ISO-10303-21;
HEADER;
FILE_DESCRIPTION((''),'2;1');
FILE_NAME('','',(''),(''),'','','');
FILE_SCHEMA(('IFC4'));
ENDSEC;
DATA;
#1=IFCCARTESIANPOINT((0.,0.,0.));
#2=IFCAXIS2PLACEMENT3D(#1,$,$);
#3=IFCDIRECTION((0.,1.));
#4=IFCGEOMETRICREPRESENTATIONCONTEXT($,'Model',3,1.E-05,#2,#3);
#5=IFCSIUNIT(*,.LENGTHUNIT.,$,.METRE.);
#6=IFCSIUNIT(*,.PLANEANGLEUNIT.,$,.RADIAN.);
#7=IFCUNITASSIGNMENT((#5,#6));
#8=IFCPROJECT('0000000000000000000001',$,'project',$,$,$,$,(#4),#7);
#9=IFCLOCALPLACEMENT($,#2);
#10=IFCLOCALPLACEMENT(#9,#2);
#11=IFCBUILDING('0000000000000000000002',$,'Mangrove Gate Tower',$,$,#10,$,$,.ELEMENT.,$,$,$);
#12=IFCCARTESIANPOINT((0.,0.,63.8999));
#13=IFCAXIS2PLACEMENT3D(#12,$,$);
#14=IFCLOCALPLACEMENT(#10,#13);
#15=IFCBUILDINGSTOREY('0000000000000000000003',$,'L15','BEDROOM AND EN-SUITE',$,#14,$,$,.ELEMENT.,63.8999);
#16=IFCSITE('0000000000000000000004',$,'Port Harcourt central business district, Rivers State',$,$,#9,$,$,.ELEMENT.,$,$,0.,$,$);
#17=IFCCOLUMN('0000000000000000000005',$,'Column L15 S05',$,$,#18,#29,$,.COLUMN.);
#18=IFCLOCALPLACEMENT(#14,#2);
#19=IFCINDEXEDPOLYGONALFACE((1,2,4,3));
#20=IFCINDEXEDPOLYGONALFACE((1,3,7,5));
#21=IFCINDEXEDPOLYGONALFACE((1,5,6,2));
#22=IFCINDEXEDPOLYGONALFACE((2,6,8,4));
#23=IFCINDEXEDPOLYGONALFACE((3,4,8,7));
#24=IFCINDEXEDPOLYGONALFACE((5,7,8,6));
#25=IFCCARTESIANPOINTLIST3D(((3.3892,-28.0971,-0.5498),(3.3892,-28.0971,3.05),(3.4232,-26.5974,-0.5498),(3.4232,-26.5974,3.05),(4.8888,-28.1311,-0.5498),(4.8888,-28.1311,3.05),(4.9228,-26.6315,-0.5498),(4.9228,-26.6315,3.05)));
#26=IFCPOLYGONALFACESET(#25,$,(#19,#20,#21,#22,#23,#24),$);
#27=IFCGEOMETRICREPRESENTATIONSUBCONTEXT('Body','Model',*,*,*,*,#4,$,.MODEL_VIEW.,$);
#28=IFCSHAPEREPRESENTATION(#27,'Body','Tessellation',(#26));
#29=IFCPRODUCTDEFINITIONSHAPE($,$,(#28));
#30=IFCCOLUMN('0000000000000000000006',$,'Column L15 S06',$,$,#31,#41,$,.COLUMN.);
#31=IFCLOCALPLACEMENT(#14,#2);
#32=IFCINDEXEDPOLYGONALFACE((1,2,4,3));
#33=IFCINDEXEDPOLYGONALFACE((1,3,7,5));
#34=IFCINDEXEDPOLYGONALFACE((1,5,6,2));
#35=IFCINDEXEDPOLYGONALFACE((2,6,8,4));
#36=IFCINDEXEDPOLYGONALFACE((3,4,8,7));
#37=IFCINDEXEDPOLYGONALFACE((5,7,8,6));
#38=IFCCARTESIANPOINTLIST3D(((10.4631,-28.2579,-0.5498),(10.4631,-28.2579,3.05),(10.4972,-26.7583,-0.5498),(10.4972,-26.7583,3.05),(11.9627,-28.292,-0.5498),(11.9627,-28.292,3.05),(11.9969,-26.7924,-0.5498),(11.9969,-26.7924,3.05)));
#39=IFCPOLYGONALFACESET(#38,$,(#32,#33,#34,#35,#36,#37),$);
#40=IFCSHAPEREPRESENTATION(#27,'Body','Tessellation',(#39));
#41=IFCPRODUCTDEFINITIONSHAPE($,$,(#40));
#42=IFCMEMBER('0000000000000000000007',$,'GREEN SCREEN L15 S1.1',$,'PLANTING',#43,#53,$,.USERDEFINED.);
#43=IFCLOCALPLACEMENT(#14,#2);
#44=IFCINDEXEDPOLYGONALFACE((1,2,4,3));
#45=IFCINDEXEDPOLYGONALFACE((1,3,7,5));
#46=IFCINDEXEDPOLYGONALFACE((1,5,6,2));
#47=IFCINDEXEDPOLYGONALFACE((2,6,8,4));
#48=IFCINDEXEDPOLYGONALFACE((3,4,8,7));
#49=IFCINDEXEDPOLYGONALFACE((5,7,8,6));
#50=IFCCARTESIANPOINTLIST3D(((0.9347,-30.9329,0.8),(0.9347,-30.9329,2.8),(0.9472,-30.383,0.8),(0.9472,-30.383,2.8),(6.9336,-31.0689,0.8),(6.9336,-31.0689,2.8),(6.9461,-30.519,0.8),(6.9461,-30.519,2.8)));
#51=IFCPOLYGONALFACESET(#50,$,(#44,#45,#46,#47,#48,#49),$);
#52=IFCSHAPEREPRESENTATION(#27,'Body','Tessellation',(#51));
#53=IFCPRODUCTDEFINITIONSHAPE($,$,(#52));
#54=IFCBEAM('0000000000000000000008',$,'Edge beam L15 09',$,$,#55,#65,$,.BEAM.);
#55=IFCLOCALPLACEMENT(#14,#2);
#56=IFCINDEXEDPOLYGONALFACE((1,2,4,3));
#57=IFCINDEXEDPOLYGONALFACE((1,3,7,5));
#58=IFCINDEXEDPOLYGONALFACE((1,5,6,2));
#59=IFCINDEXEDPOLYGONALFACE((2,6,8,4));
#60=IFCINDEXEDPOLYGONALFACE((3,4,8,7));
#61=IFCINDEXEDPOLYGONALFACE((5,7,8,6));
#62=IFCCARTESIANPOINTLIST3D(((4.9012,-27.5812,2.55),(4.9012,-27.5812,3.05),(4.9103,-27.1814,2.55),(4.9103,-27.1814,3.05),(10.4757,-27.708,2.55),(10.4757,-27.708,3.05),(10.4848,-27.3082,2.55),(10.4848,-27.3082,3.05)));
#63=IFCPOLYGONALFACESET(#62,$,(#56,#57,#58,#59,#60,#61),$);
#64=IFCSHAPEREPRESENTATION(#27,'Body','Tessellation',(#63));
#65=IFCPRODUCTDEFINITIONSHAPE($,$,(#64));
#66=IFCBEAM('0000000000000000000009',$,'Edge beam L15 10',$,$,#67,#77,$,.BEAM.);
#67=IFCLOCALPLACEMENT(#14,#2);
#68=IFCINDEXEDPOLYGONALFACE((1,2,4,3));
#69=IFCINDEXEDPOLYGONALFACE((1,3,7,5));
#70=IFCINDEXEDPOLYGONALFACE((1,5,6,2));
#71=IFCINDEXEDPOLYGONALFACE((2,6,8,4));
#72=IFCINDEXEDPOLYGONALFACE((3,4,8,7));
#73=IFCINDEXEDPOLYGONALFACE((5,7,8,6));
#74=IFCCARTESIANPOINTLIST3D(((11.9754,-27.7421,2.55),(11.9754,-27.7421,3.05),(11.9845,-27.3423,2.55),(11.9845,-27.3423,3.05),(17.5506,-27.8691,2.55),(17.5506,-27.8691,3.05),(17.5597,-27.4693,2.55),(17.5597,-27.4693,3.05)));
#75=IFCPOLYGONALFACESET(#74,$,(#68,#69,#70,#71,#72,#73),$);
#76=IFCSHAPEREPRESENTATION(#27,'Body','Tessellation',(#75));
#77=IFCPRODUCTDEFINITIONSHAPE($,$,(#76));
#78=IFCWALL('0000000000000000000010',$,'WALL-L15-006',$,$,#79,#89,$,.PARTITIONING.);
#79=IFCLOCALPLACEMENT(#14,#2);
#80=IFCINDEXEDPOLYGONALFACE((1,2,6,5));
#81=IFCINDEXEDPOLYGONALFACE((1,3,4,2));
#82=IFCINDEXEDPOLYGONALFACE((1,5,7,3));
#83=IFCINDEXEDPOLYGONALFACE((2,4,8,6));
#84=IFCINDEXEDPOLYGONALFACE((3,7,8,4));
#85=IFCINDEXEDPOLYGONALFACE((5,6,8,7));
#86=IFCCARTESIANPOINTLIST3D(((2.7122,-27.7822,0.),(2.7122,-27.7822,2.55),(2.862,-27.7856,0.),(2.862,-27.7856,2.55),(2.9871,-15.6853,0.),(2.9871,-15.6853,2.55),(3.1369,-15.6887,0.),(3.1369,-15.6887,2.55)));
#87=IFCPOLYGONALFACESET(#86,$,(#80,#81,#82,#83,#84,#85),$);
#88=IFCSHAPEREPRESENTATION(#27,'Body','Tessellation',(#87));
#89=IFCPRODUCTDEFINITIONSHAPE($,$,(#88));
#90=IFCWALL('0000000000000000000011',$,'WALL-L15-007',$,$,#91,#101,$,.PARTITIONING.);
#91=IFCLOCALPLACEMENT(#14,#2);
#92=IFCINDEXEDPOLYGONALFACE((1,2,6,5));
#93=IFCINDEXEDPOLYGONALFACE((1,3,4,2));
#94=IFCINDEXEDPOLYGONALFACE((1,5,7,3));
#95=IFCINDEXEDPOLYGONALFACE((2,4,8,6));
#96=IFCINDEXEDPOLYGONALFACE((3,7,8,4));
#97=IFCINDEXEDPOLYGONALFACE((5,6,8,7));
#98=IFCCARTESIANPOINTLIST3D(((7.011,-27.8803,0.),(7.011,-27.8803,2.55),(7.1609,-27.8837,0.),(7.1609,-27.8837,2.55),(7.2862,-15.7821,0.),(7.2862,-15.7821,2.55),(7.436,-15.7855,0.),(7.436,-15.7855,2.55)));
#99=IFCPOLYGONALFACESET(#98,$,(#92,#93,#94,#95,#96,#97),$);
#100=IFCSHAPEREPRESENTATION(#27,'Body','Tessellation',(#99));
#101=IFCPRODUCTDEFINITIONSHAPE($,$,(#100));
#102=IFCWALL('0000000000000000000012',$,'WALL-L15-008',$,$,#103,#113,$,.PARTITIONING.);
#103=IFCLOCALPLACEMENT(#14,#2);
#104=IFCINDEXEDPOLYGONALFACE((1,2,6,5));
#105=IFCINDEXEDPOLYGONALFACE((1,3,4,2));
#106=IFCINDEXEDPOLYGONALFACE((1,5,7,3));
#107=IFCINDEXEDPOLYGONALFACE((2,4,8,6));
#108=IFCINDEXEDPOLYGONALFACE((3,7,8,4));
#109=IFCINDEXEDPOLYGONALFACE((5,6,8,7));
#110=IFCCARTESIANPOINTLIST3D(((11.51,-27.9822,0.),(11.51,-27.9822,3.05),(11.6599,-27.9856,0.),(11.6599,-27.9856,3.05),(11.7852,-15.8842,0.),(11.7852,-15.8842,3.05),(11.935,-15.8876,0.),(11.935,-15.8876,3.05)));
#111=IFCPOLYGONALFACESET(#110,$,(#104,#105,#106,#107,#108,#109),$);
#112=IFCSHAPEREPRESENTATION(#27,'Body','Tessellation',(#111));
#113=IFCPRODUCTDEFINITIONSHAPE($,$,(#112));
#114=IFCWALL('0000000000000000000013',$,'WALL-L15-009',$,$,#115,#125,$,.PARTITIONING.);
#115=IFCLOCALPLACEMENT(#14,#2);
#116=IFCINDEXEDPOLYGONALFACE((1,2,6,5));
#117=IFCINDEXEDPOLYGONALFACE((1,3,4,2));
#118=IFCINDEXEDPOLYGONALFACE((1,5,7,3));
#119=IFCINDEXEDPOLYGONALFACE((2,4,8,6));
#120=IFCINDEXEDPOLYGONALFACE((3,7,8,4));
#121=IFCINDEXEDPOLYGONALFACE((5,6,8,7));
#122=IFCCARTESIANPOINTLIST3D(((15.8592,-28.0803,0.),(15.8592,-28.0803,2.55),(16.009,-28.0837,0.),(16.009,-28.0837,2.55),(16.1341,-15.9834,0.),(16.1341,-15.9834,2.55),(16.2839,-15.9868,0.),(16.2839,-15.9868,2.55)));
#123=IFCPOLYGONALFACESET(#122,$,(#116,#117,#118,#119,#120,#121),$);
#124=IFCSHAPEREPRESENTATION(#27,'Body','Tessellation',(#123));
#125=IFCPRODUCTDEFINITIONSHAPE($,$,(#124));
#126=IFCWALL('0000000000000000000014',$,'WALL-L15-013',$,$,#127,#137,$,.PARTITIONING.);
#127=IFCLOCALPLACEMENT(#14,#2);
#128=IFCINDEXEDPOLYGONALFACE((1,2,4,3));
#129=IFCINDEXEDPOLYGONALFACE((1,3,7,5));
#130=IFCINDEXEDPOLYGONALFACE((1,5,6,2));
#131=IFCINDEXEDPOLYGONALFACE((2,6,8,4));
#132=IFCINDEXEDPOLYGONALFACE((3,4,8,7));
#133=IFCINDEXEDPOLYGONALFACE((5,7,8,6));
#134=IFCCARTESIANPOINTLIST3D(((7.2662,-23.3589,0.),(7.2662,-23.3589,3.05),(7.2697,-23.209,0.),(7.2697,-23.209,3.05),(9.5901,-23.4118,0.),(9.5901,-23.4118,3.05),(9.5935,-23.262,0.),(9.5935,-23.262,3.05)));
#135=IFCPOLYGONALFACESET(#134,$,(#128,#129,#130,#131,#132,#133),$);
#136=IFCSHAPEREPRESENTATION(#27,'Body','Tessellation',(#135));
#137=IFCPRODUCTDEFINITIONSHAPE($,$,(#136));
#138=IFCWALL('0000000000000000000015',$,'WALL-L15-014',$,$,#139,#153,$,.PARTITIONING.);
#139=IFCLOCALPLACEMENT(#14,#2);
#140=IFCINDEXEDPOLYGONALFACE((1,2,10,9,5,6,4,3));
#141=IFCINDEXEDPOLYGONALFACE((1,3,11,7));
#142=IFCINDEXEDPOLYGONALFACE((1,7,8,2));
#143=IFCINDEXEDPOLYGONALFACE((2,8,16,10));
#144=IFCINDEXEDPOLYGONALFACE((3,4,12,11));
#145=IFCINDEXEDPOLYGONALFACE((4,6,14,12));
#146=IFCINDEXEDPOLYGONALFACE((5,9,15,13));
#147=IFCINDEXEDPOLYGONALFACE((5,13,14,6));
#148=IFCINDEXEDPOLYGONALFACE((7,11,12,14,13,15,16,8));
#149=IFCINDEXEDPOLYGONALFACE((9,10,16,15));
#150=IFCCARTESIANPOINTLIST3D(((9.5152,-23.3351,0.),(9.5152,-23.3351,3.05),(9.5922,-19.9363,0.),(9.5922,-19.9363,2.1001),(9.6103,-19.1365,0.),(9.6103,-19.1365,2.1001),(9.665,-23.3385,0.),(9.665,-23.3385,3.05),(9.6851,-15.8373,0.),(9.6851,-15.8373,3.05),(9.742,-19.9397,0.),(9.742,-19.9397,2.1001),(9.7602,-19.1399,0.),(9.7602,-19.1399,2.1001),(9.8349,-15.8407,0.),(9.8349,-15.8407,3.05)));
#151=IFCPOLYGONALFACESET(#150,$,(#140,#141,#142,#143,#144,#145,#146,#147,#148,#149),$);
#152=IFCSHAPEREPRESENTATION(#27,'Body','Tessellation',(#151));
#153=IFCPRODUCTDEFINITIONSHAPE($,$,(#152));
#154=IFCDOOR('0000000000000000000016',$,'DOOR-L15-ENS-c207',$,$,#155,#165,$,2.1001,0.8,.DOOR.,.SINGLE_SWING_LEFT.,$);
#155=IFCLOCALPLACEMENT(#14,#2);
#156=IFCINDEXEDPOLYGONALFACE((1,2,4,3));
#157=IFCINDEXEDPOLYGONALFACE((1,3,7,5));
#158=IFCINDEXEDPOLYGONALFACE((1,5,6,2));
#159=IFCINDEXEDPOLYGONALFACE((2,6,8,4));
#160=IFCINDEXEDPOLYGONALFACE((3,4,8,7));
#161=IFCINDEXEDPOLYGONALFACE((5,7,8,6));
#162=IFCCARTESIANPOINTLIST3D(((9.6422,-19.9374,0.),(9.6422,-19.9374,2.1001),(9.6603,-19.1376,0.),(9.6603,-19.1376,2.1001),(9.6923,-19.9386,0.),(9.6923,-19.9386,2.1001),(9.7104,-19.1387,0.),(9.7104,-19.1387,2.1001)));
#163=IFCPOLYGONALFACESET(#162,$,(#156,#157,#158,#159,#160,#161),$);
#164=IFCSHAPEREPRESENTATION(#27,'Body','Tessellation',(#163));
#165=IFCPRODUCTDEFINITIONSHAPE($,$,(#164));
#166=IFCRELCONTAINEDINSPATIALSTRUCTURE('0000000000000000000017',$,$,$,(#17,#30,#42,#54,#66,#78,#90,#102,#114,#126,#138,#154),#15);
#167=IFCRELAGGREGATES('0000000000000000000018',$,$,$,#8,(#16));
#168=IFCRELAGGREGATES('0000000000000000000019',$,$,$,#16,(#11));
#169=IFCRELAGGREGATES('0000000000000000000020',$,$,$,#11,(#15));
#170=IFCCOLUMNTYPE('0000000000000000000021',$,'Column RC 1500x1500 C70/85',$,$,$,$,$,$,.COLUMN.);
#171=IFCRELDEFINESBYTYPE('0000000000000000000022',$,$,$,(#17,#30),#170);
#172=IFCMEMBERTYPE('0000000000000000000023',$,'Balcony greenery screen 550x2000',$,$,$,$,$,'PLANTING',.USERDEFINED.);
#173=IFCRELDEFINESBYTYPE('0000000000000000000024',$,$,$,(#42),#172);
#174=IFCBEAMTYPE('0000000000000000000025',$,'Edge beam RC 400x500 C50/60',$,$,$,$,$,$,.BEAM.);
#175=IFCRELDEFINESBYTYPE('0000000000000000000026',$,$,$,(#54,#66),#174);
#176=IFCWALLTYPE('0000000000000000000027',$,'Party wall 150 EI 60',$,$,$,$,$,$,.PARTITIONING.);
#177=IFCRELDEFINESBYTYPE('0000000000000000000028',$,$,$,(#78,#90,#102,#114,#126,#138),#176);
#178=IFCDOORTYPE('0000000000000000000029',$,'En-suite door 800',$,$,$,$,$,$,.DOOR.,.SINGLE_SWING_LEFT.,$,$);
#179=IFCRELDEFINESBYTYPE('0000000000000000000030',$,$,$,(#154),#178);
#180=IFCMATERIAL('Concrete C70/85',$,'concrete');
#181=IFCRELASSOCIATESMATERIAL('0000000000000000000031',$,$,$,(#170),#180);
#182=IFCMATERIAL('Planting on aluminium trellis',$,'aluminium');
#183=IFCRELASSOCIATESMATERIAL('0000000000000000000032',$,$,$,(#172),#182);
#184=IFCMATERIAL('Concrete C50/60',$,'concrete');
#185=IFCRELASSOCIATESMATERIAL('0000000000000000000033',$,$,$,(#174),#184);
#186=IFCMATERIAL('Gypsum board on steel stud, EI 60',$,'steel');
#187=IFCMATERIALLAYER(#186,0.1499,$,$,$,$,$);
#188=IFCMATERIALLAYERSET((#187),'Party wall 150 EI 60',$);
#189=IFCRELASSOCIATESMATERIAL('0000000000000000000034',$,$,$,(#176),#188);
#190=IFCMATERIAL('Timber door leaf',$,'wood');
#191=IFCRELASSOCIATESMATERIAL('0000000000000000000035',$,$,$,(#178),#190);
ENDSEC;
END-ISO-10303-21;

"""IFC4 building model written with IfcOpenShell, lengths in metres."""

from ifc_helpers import new_model, si_unit, direction, frame, frame_2d, origin, origin_2d, place, context, subcontext, project, spatial, rectangle, extrude, material, layer, layer_set, material_profile, profile_set, type_object, element, fill, save


model = new_model("IFC4")

# Units and contexts
model_context = context("Model", 3, precision=1e-05, world=origin(), true_north=direction((0.0, 1.0)))
body_context = subcontext(model_context, "Body", "Model", "MODEL_VIEW")
ifc_project = project(units=[si_unit("LENGTHUNIT", "METRE"), si_unit("PLANEANGLEUNIT", "RADIAN")], contexts=[model_context])

# Site, building, storey
site_placement = place(None, origin())
site = spatial("IfcSite", under=ifc_project, at=site_placement, Name="Port Harcourt central business district, Rivers State", CompositionType="ELEMENT", RefElevation=0.0)
building_placement = place(site_placement, origin())
building = spatial("IfcBuilding", under=site, at=building_placement, Name="Mangrove Gate Tower", CompositionType="ELEMENT")
storey_placement = place(building_placement, frame((0.0, 0.0, 63.8999)))
storey = spatial("IfcBuildingStorey", under=building, at=storey_placement, Name="L15", Description="BEDROOM AND EN-SUITE", CompositionType="ELEMENT", Elevation=63.8999)

# Columns
ifc_material_1 = material(Name="Concrete C70/85", Category="concrete")
ifc_material_profile_1 = material_profile(ifc_material_1, rectangle(XDim=1.5, YDim=1.5, at=origin_2d()))
ifc_profile_set_1 = profile_set([ifc_material_profile_1], Name="Concrete C70/85")
column_type = type_object("IfcColumnType", Name="Column RC 1500x1500 C70/85", PredefinedType="COLUMN", material=ifc_profile_set_1)
for number, where, z_axis, x_axis, name in (
    (1, (4.156, -27.3643, -0.5498), (0.0, 0.0, 1.0), (0.999743, -0.022681, 0.0), "Column L15 S05"),
    (2, (11.23, -27.5251, -0.5498), (0.0, 0.0, 1.0), (0.999741, -0.022752, 0.0), "Column L15 S06"),
):
    element("IfcColumn", number, at=place(storey_placement, frame(where, z_axis=z_axis, x_axis=x_axis)), inside=storey, type_object=column_type, Name=name, PredefinedType="COLUMN", context=body_context, shape_type="SweptSolid", body=[
        extrude(rectangle(XDim=1.5, YDim=1.5, at=origin_2d()), origin(), (0.0, 0.0, 1.0), 3.5999),
    ])

# Member
ifc_material_2 = material(Name="Planting on aluminium trellis", Category="aluminium")
ifc_material_profile_2 = material_profile(ifc_material_2, rectangle(XDim=0.55, YDim=2.0, at=origin_2d()))
ifc_profile_set_2 = profile_set([ifc_material_profile_2], Name="Planting on aluminium trellis")
member_type = type_object("IfcMemberType", Name="Balcony greenery screen 550x2000", ElementType="PLANTING", PredefinedType="USERDEFINED", material=ifc_profile_set_2)
member_placement = place(storey_placement, frame((0.9409, -30.658, 1.8), z_axis=(0.999743, -0.022662, 0.0), x_axis=(0.022662, 0.999743, 0.0)))
element("IfcMember", 3, at=member_placement, inside=storey, type_object=member_type, Name="GREEN SCREEN L15 S1.1", ObjectType="PLANTING", PredefinedType="USERDEFINED", context=body_context, shape_type="SweptSolid", body=[
    extrude(rectangle(XDim=0.55, YDim=2.0, at=origin_2d()), origin(), (0.0, 0.0, 1.0), 6.0005),
])

# Beams
ifc_material_3 = material(Name="Concrete C50/60", Category="concrete")
ifc_material_profile_3 = material_profile(ifc_material_3, rectangle(XDim=0.3999, YDim=0.5, at=origin_2d()))
ifc_profile_set_3 = profile_set([ifc_material_profile_3], Name="Concrete C50/60")
beam_type = type_object("IfcBeamType", Name="Edge beam RC 400x500 C50/60", PredefinedType="BEAM", material=ifc_profile_set_3)
beam_1_placement = place(storey_placement, frame((4.9058, -27.3813, 2.8), z_axis=(0.999742, -0.022724, 0.0), x_axis=(0.022724, 0.999742, 0.0)))
element("IfcBeam", 4, at=beam_1_placement, inside=storey, type_object=beam_type, Name="Edge beam L15 09", PredefinedType="BEAM", context=body_context, shape_type="SweptSolid", body=[
    extrude(rectangle(XDim=0.3999, YDim=0.5, at=origin_2d()), origin(), (0.0, 0.0, 1.0), 5.5759),
])
beam_2_placement = place(storey_placement, frame((11.98, -27.5422, 2.8), z_axis=(0.999741, -0.022765, 0.0), x_axis=(0.022765, 0.999741, 0.0)))
element("IfcBeam", 5, at=beam_2_placement, inside=storey, type_object=beam_type, Name="Edge beam L15 10", PredefinedType="BEAM", context=body_context, shape_type="SweptSolid", body=[
    extrude(rectangle(XDim=0.3999, YDim=0.5, at=origin_2d()), origin(), (0.0, 0.0, 1.0), 5.5767),
])

# Walls
ifc_material_4 = material(Name="Gypsum board on steel stud, EI 60", Category="steel")
ifc_layer_1 = layer(ifc_material_4, 0.1499)
ifc_layer_set_1 = layer_set([ifc_layer_1], Name="Party wall 150 EI 60")
wall_type_1 = type_object("IfcWallType", Name="Party wall 150 EI 60", PredefinedType="PARTITIONING", material=ifc_layer_set_1)
wall_1_placement = place(storey_placement, frame((2.7871, -27.7839, 0.0), z_axis=(0.0, 0.0, 1.0), x_axis=(0.022719, 0.999742, 0.0)))
element("IfcWall", 6, at=wall_1_placement, inside=storey, type_object=wall_type_1, Name="WALL-L15-006", PredefinedType="PARTITIONING", context=body_context, shape_type="SweptSolid", body=[
    extrude(rectangle(XDim=12.1001, YDim=0.1499, at=frame_2d((6.05, 0.0))), origin(), (0.0, 0.0, 1.0), 2.55),
])
wall_2_placement = place(storey_placement, frame((7.0859, -27.8821, 0.0), z_axis=(0.0, 0.0, 1.0), x_axis=(0.022737, 0.999741, 0.0)))
element("IfcWall", 7, at=wall_2_placement, inside=storey, type_object=wall_type_1, Name="WALL-L15-007", PredefinedType="PARTITIONING", context=body_context, shape_type="SweptSolid", body=[
    extrude(rectangle(XDim=12.1013, YDim=0.1499, at=frame_2d((6.0508, 0.0))), origin(), (0.0, 0.0, 1.0), 2.55),
])
wall_3_placement = place(storey_placement, frame((11.585, -27.9839, 0.0), z_axis=(0.0, 0.0, 1.0), x_axis=(0.022737, 0.999741, 0.0)))
element("IfcWall", 8, at=wall_3_placement, inside=storey, type_object=wall_type_1, Name="WALL-L15-008", PredefinedType="PARTITIONING", context=body_context, shape_type="SweptSolid", body=[
    extrude(rectangle(XDim=12.1011, YDim=0.1499, at=frame_2d((6.0505, 0.0))), origin(), (0.0, 0.0, 1.0), 3.05),
])
wall_4_placement = place(storey_placement, frame((15.9341, -28.082, 0.0), z_axis=(0.0, 0.0, 1.0), x_axis=(0.022719, 0.999742, 0.0)))
element("IfcWall", 9, at=wall_4_placement, inside=storey, type_object=wall_type_1, Name="WALL-L15-009", PredefinedType="PARTITIONING", context=body_context, shape_type="SweptSolid", body=[
    extrude(rectangle(XDim=12.1001, YDim=0.1499, at=frame_2d((6.05, 0.0))), origin(), (0.0, 0.0, 1.0), 2.55),
])
wall_5_placement = place(storey_placement, frame((7.2681, -23.2839, 0.0), z_axis=(0.0, 0.0, 1.0), x_axis=(0.99974, -0.022791, 0.0)))
element("IfcWall", 10, at=wall_5_placement, inside=storey, type_object=wall_type_1, Name="WALL-L15-013", PredefinedType="PARTITIONING", context=body_context, shape_type="SweptSolid", body=[
    extrude(rectangle(XDim=2.3245, YDim=0.1499, at=frame_2d((1.1621, 0.0))), origin(), (0.0, 0.0, 1.0), 3.05),
])

# Wall, opening, door
wall_6_placement = place(storey_placement, frame((9.5901, -23.3369, 0.0), z_axis=(0.0, 0.0, 1.0), x_axis=(0.022657, 0.999743, 0.0)))
wall_6 = element("IfcWall", 11, at=wall_6_placement, inside=storey, type_object=wall_type_1, Name="WALL-L15-014", PredefinedType="PARTITIONING", context=body_context, shape_type="SweptSolid", body=[
    extrude(rectangle(XDim=7.4998, YDim=0.1499, at=frame_2d((3.75, 0.0))), origin(), (0.0, 0.0, 1.0), 3.05),
])
opening_1_placement = place(wall_6_placement, frame((3.3999, 0.0, 0.0)))
opening_1 = element("IfcOpeningElement", 12, at=opening_1_placement, cuts=wall_6, PredefinedType="OPENING", context=body_context, shape_type="SweptSolid", body=[
    extrude(rectangle(XDim=0.8, YDim=2.1001, at=frame_2d((0.3999, 1.05))), frame((0.0, 0.085, 0.0), z_axis=(0.0, -1.0, 0.0), x_axis=(1.0, 0.0, 0.0)), (0.0, 0.0, 1.0), 0.1699),
])
ifc_material_5 = material(Name="Timber door leaf", Category="wood")
door_type = type_object("IfcDoorType", Name="En-suite door 800", OperationType="SINGLE_SWING_LEFT", PredefinedType="DOOR", material=ifc_material_5)
door_1_placement = place(opening_1_placement, origin())
door_1 = element("IfcDoor", 13, at=door_1_placement, inside=storey, type_object=door_type, Name="DOOR-L15-ENS-c207", OperationType="SINGLE_SWING_LEFT", OverallHeight=2.1001, OverallWidth=0.8, PredefinedType="DOOR", context=body_context, shape_type="SweptSolid", body=[
    extrude(rectangle(XDim=0.8, YDim=2.1001, at=frame_2d((0.3999, 1.05))), frame((0.0, 0.0249, 0.0), z_axis=(0.0, -1.0, 0.0), x_axis=(1.0, 0.0, 0.0)), (0.0, 0.0, 1.0), 0.05),
])
fill(opening_1, door_1)

save(model, "model.ifc")
